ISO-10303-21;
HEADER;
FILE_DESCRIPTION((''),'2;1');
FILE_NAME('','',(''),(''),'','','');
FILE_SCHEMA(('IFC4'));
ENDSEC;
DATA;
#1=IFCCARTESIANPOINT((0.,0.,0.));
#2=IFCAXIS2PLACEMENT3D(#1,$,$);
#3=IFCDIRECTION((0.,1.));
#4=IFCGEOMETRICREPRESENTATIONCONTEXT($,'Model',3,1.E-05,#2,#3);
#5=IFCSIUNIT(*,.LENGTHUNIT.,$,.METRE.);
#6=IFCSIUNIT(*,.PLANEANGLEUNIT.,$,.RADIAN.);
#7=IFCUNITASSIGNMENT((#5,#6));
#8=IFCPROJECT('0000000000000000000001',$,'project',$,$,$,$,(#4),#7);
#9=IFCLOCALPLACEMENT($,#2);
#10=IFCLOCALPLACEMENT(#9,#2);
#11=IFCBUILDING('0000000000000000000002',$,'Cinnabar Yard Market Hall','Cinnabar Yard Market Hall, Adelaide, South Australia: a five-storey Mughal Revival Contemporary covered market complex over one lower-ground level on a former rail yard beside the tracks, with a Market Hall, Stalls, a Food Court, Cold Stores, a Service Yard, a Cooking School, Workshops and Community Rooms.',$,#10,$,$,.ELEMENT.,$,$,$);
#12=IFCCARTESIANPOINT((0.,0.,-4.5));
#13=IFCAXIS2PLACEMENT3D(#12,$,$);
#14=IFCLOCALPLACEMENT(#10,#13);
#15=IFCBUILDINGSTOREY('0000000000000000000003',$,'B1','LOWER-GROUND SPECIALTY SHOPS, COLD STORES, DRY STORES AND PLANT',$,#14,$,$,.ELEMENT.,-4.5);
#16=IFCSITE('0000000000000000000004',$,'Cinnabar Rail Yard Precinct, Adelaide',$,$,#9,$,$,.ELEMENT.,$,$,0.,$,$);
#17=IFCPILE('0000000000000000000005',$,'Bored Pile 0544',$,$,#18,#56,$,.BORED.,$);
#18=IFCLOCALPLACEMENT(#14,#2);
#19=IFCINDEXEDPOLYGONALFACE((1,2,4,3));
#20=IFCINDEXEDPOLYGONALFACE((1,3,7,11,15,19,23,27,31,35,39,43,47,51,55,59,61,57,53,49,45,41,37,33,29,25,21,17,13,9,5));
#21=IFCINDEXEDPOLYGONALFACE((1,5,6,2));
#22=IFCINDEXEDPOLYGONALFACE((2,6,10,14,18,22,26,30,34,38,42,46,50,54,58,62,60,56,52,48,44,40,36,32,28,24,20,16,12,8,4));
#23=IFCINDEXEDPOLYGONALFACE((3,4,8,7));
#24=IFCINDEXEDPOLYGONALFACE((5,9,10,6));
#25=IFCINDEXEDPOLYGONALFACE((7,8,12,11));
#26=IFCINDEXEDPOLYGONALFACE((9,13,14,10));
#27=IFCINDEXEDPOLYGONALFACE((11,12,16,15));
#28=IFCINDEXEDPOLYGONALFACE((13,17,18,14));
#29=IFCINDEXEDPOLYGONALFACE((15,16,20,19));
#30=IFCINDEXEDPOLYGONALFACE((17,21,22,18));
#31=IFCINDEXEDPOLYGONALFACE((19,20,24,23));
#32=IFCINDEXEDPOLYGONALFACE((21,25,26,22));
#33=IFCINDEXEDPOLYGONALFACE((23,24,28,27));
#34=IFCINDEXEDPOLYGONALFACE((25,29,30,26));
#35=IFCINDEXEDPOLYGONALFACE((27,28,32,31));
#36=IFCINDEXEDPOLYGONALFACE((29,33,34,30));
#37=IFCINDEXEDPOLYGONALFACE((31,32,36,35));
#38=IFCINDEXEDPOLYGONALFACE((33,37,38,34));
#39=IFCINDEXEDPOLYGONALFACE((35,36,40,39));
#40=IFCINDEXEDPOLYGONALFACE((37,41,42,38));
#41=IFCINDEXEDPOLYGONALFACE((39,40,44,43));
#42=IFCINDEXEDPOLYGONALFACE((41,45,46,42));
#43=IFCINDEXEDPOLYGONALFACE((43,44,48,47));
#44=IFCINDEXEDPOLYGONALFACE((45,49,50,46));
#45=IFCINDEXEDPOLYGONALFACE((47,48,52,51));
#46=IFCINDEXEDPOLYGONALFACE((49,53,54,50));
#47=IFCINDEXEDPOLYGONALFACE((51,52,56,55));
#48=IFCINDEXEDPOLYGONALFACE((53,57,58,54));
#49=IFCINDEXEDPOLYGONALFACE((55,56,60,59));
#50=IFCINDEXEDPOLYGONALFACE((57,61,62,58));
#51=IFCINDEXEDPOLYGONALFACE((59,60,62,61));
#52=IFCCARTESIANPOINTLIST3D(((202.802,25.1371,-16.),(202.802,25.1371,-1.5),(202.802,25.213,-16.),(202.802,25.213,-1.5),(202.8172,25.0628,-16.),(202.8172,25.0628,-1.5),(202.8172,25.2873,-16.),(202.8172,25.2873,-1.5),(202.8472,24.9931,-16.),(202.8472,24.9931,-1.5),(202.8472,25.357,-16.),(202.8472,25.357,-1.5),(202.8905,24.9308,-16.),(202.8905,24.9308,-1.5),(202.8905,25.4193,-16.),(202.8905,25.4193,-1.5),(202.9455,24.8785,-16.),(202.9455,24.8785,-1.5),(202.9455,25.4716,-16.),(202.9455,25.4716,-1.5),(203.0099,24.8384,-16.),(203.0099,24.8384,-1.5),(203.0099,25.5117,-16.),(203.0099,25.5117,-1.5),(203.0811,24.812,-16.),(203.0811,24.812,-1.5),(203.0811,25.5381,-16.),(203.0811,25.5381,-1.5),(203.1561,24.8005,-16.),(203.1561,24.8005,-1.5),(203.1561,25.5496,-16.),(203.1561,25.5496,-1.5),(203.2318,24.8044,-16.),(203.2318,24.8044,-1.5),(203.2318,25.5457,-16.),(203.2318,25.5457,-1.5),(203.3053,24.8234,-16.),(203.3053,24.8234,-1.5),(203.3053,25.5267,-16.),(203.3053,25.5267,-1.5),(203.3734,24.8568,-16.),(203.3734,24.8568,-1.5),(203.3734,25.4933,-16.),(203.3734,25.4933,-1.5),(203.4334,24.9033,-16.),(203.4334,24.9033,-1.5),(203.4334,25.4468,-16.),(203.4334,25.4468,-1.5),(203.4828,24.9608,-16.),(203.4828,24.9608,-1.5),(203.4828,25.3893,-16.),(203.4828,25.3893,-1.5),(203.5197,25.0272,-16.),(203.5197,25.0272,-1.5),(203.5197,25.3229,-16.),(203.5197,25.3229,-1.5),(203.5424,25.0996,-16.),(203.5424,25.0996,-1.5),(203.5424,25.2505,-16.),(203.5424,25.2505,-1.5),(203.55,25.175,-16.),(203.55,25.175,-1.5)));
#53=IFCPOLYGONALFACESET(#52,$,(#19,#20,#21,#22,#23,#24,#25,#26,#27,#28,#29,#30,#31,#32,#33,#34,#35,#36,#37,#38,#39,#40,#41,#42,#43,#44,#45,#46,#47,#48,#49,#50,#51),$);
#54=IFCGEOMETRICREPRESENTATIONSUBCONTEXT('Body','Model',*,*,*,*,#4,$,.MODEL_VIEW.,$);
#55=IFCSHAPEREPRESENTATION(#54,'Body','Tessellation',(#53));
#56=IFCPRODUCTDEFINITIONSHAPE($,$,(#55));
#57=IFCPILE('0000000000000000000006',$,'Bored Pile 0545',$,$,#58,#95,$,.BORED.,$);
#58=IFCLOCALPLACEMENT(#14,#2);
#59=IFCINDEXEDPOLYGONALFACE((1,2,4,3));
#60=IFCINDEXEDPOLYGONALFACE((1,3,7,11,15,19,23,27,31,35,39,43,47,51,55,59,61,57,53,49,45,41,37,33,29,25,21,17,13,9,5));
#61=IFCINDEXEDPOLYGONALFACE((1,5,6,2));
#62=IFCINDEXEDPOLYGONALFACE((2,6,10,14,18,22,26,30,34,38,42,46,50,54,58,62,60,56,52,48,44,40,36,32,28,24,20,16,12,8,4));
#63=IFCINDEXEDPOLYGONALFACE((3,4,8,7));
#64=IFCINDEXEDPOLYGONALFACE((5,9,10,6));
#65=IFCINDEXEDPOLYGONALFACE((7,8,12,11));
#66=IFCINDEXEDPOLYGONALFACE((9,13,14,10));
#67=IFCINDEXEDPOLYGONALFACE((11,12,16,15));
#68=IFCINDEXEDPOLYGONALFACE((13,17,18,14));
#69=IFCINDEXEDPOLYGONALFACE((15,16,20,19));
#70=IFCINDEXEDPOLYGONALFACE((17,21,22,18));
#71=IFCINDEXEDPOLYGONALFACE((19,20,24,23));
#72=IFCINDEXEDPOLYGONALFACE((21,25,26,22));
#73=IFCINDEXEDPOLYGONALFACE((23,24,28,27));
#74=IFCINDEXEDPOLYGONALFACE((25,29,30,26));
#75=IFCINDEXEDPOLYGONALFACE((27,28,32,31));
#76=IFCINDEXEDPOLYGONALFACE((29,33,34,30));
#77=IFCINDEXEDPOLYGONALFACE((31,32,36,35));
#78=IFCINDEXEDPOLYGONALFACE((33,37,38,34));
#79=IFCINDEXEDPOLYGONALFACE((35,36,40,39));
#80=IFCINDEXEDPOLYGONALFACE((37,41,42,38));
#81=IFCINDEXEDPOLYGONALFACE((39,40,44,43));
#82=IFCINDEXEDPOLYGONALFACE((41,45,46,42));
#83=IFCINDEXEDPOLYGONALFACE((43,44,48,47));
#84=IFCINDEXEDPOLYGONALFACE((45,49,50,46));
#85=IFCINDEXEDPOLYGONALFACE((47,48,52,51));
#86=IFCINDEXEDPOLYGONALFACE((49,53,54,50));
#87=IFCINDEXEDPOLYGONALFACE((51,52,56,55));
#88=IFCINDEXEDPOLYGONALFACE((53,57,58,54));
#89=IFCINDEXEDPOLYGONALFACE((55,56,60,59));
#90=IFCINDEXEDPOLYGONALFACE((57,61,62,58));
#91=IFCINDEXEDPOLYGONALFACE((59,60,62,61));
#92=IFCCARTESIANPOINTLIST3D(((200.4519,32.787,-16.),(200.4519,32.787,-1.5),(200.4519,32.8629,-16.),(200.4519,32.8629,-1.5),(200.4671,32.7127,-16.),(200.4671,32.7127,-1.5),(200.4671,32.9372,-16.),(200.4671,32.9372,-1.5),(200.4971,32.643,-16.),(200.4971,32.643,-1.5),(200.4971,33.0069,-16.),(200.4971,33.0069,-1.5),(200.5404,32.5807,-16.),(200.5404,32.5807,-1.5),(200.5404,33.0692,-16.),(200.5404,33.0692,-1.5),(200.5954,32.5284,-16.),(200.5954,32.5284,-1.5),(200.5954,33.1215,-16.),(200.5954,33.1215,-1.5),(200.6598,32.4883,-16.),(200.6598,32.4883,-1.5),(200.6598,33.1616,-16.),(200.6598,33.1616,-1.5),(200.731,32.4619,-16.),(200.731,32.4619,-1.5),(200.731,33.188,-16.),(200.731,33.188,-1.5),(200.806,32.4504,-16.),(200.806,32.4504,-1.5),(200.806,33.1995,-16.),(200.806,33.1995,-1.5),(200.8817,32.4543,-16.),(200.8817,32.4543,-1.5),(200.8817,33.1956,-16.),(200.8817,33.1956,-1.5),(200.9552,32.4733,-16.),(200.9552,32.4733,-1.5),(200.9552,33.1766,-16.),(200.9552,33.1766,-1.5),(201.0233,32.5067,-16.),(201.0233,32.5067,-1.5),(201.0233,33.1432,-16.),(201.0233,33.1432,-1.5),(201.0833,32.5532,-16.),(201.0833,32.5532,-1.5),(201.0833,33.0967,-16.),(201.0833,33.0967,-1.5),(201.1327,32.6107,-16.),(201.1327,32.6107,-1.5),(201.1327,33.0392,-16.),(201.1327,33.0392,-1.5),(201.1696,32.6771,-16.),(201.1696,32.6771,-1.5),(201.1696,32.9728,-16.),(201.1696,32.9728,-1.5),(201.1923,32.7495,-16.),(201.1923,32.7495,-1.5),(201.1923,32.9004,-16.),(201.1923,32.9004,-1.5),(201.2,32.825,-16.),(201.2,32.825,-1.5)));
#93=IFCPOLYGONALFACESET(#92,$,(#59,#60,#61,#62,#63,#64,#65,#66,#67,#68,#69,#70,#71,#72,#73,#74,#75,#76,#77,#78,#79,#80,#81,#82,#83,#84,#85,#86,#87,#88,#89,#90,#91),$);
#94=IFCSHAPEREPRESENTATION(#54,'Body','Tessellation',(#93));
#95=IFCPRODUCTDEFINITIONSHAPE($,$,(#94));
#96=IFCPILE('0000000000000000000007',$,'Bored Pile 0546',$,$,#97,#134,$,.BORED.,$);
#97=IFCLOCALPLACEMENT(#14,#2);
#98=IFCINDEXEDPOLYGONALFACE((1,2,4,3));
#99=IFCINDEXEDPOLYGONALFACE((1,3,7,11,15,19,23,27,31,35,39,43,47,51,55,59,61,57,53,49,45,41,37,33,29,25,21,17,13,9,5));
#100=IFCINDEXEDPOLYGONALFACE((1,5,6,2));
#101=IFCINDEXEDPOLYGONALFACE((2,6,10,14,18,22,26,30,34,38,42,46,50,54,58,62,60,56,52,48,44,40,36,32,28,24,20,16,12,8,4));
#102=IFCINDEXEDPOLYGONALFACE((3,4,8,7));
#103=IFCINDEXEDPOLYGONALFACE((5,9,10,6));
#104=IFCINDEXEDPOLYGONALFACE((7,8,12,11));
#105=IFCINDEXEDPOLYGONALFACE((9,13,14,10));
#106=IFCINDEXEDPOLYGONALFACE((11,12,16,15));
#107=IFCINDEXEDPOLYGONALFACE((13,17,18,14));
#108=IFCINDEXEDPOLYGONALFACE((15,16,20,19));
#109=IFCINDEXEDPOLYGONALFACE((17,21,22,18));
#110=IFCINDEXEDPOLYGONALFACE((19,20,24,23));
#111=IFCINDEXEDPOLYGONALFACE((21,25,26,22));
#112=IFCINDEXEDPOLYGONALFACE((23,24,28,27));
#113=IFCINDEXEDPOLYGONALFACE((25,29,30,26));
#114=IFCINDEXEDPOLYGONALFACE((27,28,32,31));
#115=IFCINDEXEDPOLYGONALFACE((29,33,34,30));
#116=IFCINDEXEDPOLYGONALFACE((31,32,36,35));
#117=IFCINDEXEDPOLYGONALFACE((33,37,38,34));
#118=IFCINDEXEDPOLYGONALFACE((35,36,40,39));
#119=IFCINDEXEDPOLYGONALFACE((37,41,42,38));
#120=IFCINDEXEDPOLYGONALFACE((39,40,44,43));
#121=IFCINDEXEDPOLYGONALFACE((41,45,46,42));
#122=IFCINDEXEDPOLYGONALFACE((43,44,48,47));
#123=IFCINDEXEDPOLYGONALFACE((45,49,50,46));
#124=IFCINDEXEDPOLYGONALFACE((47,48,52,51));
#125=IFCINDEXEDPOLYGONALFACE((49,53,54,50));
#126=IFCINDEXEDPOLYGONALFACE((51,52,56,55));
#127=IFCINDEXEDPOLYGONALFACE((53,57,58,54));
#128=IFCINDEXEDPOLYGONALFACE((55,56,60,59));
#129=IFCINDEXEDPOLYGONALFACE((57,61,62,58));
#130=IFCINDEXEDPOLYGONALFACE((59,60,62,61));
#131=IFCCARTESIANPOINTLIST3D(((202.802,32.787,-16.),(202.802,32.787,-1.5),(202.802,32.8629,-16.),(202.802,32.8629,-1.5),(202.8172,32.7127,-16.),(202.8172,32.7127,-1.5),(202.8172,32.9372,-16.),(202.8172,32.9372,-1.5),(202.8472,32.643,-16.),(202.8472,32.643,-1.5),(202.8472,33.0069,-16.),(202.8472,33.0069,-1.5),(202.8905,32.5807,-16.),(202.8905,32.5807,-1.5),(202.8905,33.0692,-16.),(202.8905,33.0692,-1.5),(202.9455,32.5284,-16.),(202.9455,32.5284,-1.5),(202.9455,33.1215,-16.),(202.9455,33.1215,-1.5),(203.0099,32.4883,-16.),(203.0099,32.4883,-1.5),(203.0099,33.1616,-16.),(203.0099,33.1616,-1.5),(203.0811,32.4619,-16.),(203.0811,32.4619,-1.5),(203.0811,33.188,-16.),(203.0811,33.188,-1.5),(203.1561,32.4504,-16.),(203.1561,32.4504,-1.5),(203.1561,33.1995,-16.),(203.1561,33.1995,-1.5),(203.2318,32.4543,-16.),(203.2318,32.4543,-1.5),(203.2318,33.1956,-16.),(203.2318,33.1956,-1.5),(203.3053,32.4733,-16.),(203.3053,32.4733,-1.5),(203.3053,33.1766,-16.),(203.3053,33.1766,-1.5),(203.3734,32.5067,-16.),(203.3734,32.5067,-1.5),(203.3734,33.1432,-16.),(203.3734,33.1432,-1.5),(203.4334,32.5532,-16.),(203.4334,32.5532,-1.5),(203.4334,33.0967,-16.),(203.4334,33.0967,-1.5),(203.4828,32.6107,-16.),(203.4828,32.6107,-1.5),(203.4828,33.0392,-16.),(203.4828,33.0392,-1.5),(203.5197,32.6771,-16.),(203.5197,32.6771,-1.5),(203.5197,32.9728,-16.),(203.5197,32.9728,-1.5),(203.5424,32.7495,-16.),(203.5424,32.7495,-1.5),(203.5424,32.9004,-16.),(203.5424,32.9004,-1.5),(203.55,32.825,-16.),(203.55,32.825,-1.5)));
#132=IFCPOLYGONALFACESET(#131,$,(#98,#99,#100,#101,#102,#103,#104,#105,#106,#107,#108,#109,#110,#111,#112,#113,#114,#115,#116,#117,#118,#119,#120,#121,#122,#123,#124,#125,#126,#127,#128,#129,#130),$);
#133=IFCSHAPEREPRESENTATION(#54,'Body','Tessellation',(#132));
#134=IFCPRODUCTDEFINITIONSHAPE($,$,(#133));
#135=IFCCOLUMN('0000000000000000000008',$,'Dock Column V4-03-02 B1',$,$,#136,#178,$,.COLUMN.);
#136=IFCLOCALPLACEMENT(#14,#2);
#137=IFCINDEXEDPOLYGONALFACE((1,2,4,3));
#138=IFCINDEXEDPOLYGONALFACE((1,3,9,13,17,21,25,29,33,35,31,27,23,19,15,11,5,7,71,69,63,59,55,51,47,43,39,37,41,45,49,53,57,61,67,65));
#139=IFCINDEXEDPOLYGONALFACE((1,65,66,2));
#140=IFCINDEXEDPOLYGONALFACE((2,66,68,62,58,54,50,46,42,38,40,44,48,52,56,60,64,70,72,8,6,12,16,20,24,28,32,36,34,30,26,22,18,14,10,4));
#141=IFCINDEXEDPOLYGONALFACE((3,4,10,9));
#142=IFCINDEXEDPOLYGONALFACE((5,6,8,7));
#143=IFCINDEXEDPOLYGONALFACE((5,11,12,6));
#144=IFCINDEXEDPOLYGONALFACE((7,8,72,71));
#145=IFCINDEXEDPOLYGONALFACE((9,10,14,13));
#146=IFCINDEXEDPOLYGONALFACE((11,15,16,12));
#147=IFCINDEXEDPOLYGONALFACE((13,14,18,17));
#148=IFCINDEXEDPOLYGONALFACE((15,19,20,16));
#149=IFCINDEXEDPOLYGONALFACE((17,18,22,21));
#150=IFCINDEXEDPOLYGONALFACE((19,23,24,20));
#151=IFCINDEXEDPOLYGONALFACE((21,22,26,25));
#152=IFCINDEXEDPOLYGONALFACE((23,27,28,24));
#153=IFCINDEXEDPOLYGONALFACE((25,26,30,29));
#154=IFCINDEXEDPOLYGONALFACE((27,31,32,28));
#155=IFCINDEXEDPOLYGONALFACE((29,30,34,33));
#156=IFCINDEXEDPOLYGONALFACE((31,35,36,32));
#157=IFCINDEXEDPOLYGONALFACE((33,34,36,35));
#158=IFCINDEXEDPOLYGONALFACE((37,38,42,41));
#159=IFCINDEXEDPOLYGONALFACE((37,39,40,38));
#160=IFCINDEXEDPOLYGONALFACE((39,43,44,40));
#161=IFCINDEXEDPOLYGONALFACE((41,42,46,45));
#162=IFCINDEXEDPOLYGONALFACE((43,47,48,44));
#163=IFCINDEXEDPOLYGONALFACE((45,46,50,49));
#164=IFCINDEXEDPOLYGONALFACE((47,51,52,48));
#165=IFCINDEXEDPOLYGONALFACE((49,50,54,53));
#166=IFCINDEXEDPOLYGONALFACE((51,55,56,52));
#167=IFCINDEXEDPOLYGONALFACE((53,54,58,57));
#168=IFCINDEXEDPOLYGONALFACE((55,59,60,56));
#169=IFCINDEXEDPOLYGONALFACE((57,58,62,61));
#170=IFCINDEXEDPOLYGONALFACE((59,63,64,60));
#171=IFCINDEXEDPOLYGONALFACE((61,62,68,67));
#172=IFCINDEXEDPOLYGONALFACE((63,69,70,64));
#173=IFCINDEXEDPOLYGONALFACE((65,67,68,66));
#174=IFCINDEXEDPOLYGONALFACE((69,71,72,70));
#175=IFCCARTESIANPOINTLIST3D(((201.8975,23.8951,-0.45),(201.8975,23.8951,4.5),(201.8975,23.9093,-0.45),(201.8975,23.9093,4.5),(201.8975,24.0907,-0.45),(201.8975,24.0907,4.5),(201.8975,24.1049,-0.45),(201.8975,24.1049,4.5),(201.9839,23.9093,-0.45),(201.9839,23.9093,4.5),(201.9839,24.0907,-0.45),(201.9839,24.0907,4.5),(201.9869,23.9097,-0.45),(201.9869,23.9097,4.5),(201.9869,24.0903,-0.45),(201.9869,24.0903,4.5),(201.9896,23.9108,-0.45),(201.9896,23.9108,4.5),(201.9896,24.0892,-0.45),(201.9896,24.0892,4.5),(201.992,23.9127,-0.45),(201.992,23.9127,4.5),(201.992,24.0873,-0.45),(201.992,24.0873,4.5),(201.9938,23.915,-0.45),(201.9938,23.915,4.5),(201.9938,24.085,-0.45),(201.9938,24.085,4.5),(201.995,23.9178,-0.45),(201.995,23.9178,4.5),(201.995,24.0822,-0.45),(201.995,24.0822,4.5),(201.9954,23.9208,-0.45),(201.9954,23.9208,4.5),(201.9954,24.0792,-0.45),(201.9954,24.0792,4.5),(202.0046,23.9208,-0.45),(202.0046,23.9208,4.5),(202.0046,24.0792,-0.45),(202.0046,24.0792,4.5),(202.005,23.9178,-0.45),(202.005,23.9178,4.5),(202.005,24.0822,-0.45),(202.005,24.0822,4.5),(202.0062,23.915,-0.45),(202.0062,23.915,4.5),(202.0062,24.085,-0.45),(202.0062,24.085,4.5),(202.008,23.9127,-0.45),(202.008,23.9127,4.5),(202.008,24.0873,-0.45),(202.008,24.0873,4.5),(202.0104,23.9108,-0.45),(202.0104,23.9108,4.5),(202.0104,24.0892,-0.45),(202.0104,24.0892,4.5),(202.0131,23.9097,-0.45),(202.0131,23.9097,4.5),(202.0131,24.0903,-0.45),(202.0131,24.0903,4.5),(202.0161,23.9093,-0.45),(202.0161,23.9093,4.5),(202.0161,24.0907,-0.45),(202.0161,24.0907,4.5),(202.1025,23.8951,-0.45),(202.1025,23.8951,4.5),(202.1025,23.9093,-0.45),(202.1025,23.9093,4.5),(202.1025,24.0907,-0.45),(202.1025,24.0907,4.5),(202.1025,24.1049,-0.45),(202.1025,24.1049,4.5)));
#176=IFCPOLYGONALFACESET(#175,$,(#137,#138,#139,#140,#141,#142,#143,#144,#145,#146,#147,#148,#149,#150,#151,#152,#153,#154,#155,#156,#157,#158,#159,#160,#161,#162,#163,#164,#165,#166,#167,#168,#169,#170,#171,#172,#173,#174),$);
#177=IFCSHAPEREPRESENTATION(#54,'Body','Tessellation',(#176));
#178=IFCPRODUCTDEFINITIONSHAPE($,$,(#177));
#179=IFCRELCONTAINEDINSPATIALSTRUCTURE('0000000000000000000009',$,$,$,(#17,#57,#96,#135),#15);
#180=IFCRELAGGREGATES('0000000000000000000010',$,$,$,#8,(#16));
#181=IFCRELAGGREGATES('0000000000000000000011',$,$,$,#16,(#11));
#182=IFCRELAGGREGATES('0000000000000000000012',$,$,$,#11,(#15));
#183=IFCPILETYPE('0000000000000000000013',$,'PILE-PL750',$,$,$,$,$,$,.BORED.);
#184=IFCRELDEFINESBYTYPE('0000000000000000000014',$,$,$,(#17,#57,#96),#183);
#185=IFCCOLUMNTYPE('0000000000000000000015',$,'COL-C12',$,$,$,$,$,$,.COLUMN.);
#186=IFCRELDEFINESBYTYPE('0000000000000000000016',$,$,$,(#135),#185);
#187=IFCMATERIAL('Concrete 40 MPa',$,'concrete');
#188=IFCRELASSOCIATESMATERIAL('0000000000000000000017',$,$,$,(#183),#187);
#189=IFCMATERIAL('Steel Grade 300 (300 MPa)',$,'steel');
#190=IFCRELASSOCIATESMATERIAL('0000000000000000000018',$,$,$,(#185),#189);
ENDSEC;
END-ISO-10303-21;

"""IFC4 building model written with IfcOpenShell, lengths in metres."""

from ifc_helpers import new_model, si_unit, direction, frame, origin, origin_2d_with_axis, place, context, subcontext, project, spatial, circle, i_section, extrude, material, material_profile, profile_set, type_object, element, save


model = new_model("IFC4")

# Units and contexts
model_context = context("Model", 3, precision=1e-05, world=origin(), true_north=direction((0.0, 1.0)))
body_context = subcontext(model_context, "Body", "Model", "MODEL_VIEW")
ifc_project = project(units=[si_unit("LENGTHUNIT", "METRE"), si_unit("PLANEANGLEUNIT", "RADIAN")], contexts=[model_context])

# Site, building, storey
site_placement = place(None, origin())
site = spatial("IfcSite", under=ifc_project, at=site_placement, Name="Cinnabar Rail Yard Precinct, Adelaide", CompositionType="ELEMENT", RefElevation=0.0)
building_placement = place(site_placement, origin())
building = spatial("IfcBuilding", under=site, at=building_placement, Name="Cinnabar Yard Market Hall", Description="Cinnabar Yard Market Hall, Adelaide, South Australia: a five-storey Mughal Revival Contemporary covered market complex over one lower-ground level on a former rail yard beside the tracks, with a Market Hall, Stalls, a Food Court, Cold Stores, a Service Yard, a Cooking School, Workshops and Community Rooms.", CompositionType="ELEMENT")
storey_placement = place(building_placement, frame((0.0, 0.0, -4.5)))
storey = spatial("IfcBuildingStorey", under=building, at=storey_placement, Name="B1", Description="LOWER-GROUND SPECIALTY SHOPS, COLD STORES, DRY STORES AND PLANT", CompositionType="ELEMENT", Elevation=-4.5)

# Shared definitions
ifc_material_1 = material(Name="Concrete 40 MPa", Category="concrete")

# Piles
ifc_material_profile_1 = material_profile(ifc_material_1, circle(Radius=0.375, at=origin_2d_with_axis()), Name="PILE-D750")
ifc_profile_set_1 = profile_set([ifc_material_profile_1], Name="Concrete 40 MPa")
pile_type = type_object("IfcPileType", Name="PILE-PL750", PredefinedType="BORED", material=ifc_profile_set_1)
for number, where, z_axis, x_axis, name in (
    (1, (203.175, 25.175, -1.5), (0.0, 0.0, -1.0), (1.0, 0.0, 0.0), "Bored Pile 0544"),
    (2, (200.825, 32.825, -1.5), (0.0, 0.0, -1.0), (1.0, 0.0, 0.0), "Bored Pile 0545"),
    (3, (203.175, 32.825, -1.5), (0.0, 0.0, -1.0), (1.0, 0.0, 0.0), "Bored Pile 0546"),
):
    element("IfcPile", number, at=place(storey_placement, frame(where, z_axis=z_axis, x_axis=x_axis)), inside=storey, type_object=pile_type, Name=name, PredefinedType="BORED", context=body_context, shape_type="SweptSolid", body=[
        extrude(circle(Radius=0.375, at=origin_2d_with_axis()), origin(), (0.0, 0.0, 1.0), 14.5),
    ])

# Column
ifc_material_2 = material(Name="Steel Grade 300 (300 MPa)", Category="steel")
ifc_material_profile_2 = material_profile(ifc_material_2, i_section(OverallWidth=0.2051, OverallDepth=0.2097, WebThickness=0.0093, FlangeThickness=0.0142, FilletRadius=0.0115, at=origin_2d_with_axis()), Name="200UC59.5")
ifc_profile_set_2 = profile_set([ifc_material_profile_2], Name="Steel Grade 300 (300 MPa)")
column_type_1 = type_object("IfcColumnType", Name="COL-C12", PredefinedType="COLUMN", material=ifc_profile_set_2)
column_1_placement = place(storey_placement, frame((202.0, 24.0, -0.45), z_axis=(0.0, 0.0, 1.0), x_axis=(1.0, 0.0, 0.0)))
element("IfcColumn", 4, at=column_1_placement, inside=storey, type_object=column_type_1, Name="Dock Column V4-03-02 B1", PredefinedType="COLUMN", context=body_context, shape_type="SweptSolid", body=[
    extrude(i_section(OverallWidth=0.2051, OverallDepth=0.2097, WebThickness=0.0093, FlangeThickness=0.0142, FilletRadius=0.0115, at=origin_2d_with_axis()), origin(), (0.0, 0.0, 1.0), 4.95),
])

save(model, "model.ifc")
